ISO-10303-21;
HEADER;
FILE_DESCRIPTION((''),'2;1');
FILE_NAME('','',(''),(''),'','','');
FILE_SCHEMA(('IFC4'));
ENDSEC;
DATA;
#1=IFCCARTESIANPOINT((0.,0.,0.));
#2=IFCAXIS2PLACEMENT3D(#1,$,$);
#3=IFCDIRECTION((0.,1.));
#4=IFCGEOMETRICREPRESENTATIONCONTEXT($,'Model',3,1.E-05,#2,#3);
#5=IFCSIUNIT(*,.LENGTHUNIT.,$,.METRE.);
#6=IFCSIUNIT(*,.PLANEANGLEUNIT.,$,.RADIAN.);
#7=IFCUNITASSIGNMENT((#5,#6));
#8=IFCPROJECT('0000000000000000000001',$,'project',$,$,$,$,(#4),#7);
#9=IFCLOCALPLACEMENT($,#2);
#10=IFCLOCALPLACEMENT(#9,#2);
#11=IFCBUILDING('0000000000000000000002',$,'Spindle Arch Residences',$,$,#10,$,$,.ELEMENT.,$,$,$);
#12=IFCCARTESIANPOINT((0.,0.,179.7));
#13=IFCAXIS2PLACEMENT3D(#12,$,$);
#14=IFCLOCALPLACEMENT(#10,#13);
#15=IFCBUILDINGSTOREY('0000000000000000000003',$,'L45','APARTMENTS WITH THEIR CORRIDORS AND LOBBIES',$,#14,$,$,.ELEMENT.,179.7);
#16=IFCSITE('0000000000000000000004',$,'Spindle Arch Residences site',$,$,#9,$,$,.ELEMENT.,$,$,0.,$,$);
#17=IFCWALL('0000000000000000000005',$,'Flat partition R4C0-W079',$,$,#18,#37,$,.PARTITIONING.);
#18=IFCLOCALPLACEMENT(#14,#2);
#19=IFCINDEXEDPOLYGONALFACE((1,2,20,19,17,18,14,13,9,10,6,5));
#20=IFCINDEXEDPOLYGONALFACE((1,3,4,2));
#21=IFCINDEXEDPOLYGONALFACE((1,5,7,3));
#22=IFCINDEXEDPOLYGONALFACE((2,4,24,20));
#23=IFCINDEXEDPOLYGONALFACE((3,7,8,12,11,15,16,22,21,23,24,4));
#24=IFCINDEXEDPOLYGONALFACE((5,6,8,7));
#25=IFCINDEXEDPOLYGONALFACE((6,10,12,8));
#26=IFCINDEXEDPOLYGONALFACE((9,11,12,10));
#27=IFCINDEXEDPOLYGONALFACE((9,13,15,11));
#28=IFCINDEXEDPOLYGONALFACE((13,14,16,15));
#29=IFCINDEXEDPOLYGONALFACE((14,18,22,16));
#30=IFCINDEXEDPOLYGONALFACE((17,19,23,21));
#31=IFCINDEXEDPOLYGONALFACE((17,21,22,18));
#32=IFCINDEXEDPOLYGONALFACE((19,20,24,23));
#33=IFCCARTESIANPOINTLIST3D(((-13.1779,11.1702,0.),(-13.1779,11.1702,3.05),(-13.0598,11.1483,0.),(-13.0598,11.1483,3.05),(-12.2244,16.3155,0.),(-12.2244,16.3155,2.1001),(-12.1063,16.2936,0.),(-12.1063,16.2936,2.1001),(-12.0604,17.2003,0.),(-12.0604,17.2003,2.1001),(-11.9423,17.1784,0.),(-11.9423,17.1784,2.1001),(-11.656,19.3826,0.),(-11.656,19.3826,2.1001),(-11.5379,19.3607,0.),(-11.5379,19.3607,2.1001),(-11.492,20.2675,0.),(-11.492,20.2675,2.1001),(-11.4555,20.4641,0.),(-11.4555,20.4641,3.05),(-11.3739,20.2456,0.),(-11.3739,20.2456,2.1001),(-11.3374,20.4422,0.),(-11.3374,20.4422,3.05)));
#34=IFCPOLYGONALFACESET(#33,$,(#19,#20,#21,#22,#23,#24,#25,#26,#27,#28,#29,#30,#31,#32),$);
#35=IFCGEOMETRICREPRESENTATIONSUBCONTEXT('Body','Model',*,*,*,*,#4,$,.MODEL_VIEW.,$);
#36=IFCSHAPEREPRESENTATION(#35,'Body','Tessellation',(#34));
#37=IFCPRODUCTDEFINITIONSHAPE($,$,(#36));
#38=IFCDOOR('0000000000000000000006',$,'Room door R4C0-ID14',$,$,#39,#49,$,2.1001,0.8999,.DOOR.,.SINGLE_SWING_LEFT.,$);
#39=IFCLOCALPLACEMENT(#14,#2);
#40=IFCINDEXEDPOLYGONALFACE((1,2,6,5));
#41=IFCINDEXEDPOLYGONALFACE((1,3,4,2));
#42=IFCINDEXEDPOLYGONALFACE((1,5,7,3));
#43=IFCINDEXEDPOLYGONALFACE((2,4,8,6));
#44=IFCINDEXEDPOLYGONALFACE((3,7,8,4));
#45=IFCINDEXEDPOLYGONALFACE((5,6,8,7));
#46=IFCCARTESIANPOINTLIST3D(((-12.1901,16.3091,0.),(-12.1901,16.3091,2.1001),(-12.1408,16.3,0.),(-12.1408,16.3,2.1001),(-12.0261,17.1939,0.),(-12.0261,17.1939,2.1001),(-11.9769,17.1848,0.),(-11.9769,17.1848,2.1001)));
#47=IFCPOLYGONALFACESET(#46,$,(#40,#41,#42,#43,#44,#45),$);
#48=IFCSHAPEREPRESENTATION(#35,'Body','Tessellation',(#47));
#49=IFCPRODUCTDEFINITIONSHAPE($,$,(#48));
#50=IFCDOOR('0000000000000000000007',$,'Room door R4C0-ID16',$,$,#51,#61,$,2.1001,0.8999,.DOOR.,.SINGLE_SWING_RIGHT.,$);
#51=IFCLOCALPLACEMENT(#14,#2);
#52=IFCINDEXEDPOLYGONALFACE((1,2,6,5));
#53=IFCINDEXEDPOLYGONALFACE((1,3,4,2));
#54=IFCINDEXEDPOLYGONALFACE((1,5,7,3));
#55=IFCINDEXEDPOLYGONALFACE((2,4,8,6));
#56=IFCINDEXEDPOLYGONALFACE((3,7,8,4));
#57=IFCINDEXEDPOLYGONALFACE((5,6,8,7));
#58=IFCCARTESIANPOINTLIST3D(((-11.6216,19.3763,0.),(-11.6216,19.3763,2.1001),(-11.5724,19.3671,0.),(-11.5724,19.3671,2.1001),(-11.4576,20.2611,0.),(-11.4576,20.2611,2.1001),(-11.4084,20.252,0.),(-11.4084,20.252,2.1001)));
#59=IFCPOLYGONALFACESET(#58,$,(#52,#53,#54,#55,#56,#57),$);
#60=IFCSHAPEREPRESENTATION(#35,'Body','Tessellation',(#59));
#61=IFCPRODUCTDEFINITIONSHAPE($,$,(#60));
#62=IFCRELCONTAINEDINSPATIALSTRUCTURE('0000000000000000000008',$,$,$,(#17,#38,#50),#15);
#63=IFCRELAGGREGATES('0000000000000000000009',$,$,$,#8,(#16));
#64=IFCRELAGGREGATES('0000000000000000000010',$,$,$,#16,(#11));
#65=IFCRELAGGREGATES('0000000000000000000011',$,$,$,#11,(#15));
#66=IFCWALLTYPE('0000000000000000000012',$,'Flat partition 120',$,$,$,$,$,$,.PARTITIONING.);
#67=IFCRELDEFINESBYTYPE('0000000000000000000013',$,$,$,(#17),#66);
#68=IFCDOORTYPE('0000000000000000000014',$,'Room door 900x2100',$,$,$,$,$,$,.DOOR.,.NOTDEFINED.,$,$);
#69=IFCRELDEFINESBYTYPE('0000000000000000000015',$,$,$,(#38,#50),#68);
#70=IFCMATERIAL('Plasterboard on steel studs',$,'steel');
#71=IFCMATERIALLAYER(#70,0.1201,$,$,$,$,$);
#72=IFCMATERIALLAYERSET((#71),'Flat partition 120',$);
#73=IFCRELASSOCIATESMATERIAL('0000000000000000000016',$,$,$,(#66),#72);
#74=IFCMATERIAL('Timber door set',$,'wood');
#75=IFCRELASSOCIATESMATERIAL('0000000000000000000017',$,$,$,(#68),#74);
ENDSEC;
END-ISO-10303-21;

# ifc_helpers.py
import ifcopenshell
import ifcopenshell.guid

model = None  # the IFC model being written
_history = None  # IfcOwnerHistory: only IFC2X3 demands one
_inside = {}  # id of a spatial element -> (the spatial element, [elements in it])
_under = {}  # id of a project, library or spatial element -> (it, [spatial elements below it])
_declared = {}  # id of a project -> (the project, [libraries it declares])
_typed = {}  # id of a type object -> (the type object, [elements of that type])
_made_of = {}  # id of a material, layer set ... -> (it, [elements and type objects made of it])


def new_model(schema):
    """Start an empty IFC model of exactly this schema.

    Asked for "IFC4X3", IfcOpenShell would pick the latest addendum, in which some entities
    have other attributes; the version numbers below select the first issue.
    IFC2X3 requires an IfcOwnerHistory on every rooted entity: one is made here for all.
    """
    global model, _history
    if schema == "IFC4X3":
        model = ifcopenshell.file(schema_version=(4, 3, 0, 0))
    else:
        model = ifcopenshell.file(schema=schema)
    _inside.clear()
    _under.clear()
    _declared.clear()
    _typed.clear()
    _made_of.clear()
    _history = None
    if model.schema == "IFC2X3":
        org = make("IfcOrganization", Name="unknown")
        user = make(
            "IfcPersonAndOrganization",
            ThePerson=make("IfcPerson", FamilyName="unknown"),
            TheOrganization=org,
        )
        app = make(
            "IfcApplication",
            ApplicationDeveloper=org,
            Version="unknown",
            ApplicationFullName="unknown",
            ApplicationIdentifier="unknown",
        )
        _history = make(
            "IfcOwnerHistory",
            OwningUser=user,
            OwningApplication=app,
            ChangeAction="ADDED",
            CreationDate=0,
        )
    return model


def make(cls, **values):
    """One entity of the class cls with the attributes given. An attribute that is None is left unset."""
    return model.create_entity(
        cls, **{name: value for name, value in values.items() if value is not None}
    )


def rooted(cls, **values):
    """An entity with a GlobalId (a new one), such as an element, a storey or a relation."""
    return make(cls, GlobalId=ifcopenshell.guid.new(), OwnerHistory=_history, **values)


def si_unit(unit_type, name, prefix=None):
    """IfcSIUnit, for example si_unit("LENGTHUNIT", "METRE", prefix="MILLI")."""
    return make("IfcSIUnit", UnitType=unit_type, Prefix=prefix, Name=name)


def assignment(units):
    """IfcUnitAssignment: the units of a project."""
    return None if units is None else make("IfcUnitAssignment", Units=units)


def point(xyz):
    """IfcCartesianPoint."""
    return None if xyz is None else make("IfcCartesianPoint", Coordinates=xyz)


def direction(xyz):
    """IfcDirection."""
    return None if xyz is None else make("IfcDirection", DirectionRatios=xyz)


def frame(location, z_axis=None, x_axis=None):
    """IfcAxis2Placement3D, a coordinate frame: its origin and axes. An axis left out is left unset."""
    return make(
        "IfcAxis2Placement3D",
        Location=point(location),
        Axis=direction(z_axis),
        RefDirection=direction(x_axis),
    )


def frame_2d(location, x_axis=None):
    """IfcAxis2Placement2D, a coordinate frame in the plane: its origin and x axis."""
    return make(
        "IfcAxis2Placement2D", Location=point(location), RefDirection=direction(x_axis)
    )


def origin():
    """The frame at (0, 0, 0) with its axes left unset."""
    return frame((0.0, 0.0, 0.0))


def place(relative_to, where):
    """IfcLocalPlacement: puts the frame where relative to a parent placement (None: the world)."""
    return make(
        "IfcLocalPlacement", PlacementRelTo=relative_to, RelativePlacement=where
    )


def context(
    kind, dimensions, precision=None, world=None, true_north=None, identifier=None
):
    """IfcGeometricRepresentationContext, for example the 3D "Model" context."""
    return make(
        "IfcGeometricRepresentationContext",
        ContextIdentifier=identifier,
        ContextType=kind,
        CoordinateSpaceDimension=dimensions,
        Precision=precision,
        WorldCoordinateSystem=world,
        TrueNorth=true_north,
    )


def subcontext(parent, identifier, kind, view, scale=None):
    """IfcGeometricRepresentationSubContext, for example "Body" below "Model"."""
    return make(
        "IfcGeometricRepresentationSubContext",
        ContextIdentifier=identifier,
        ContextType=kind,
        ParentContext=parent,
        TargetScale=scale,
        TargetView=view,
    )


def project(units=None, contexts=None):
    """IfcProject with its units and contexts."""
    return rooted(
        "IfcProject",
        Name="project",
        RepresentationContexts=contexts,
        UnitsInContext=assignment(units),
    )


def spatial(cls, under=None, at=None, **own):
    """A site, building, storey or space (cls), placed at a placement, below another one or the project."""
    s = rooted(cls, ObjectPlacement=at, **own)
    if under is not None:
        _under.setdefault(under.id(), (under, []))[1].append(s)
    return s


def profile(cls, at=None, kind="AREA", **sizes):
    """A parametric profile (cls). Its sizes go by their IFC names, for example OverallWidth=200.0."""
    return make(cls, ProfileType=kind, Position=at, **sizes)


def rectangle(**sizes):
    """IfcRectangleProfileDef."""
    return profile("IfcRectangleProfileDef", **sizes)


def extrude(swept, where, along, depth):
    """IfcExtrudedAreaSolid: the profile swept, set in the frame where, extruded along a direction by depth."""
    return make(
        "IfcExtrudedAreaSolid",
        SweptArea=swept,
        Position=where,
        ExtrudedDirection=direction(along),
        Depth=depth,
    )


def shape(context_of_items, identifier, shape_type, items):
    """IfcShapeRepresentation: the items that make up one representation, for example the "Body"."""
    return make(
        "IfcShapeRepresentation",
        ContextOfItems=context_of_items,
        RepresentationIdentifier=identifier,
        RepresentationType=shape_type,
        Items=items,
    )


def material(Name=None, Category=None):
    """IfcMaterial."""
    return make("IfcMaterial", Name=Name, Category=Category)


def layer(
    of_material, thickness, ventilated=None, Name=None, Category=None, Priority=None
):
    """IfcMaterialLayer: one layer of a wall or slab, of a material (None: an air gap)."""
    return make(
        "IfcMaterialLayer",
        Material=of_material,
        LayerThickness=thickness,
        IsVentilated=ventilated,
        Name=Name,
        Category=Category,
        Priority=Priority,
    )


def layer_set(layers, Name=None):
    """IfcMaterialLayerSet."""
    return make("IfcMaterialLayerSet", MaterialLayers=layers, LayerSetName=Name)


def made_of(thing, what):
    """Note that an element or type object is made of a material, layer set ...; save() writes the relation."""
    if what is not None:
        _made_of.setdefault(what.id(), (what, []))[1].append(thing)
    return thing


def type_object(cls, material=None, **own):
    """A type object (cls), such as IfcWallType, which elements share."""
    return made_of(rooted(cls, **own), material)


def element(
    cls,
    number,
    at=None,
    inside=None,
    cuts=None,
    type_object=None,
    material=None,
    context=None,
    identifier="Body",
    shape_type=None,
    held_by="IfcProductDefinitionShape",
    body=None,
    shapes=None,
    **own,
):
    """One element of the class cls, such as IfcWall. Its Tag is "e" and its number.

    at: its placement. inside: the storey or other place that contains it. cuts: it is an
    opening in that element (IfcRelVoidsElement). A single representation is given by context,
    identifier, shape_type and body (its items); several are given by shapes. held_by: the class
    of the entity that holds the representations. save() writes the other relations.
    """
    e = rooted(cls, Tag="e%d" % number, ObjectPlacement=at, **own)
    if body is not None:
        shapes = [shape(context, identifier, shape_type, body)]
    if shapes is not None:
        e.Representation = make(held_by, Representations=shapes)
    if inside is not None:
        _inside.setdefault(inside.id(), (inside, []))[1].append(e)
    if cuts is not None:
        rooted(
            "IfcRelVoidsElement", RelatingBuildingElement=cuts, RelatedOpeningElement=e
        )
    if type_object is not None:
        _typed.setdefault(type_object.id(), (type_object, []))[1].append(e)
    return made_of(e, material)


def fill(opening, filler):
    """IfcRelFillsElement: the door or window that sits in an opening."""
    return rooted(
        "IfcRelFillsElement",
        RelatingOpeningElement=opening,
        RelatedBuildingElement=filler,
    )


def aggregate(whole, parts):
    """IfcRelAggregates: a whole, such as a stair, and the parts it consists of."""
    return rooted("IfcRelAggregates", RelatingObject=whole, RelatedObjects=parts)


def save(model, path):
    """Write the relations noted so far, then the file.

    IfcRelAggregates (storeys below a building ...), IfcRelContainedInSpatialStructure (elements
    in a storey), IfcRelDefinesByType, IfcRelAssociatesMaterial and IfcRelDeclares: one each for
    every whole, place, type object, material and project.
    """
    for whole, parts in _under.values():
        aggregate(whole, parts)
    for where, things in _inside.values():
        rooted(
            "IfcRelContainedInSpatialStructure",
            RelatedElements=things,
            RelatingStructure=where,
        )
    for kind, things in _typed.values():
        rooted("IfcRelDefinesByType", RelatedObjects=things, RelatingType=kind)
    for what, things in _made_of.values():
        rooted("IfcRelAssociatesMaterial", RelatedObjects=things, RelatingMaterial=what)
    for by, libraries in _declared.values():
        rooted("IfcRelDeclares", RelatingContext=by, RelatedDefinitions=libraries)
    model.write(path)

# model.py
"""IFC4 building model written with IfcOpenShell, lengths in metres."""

from ifc_helpers import new_model, si_unit, direction, frame, frame_2d, origin, place, context, subcontext, project, spatial, rectangle, extrude, material, layer, layer_set, type_object, element, fill, save


model = new_model("IFC4")

# Units and contexts
model_context = context("Model", 3, precision=1e-05, world=origin(), true_north=direction((0.0, 1.0)))
body_context = subcontext(model_context, "Body", "Model", "MODEL_VIEW")
ifc_project = project(units=[si_unit("LENGTHUNIT", "METRE"), si_unit("PLANEANGLEUNIT", "RADIAN")], contexts=[model_context])

# Site, building, storey
site_placement = place(None, origin())
site = spatial("IfcSite", under=ifc_project, at=site_placement, Name="Spindle Arch Residences site", CompositionType="ELEMENT", RefElevation=0.0)
building_placement = place(site_placement, origin())
building = spatial("IfcBuilding", under=site, at=building_placement, Name="Spindle Arch Residences", CompositionType="ELEMENT")
storey_placement = place(building_placement, frame((0.0, 0.0, 179.7)))
storey = spatial("IfcBuildingStorey", under=building, at=storey_placement, Name="L45", Description="APARTMENTS WITH THEIR CORRIDORS AND LOBBIES", CompositionType="ELEMENT", Elevation=179.7)

# Shared definitions
ifc_material_1 = material(Name="Plasterboard on steel studs", Category="steel")
ifc_layer_1 = layer(ifc_material_1, 0.1201)
ifc_layer_set_1 = layer_set([ifc_layer_1], Name="Flat partition 120")
wall_type_1 = type_object("IfcWallType", Name="Flat partition 120", PredefinedType="PARTITIONING", material=ifc_layer_set_1)

# Shared definitions
ifc_material_2 = material(Name="Timber door set", Category="wood")
door_type_1 = type_object("IfcDoorType", Name="Room door 900x2100", OperationType="NOTDEFINED", PredefinedType="DOOR", material=ifc_material_2)

# Wall, openings, doors
wall_1_placement = place(storey_placement, frame((-11.3965, 20.4531, 0.0), z_axis=(0.0, 0.0, 1.0), x_axis=(-0.182223, -0.983257, 0.0)))
wall_1 = element("IfcWall", 1, at=wall_1_placement, inside=storey, type_object=wall_type_1, Name="Flat partition R4C0-W079", PredefinedType="PARTITIONING", context=body_context, shape_type="SweptSolid", body=[
    extrude(rectangle(XDim=9.4521, YDim=0.1201, at=frame_2d((4.7261, 0.0))), origin(), (0.0, 0.0, 1.0), 3.05),
])
opening_1_placement = place(wall_1_placement, frame((3.3193, 0.0, 0.0)))
opening_1 = element("IfcOpeningElement", 2, at=opening_1_placement, cuts=wall_1, PredefinedType="OPENING", context=body_context, shape_type="SweptSolid", body=[
    extrude(rectangle(XDim=0.8999, YDim=2.1001, at=frame_2d((0.45, 1.05))), frame((0.0, 0.0701, 0.0), z_axis=(0.0, -1.0, 0.0), x_axis=(1.0, 0.0, 0.0)), (0.0, 0.0, 1.0), 0.1401),
])
opening_2_placement = place(wall_1_placement, frame((0.2, 0.0, 0.0)))
opening_2 = element("IfcOpeningElement", 3, at=opening_2_placement, cuts=wall_1, PredefinedType="OPENING", context=body_context, shape_type="SweptSolid", body=[
    extrude(rectangle(XDim=0.8999, YDim=2.1001, at=frame_2d((0.45, 1.05))), frame((0.0, 0.0701, 0.0), z_axis=(0.0, -1.0, 0.0), x_axis=(1.0, 0.0, 0.0)), (0.0, 0.0, 1.0), 0.1401),
])
door_1_placement = place(opening_1_placement, origin())
door_1 = element("IfcDoor", 4, at=door_1_placement, inside=storey, type_object=door_type_1, Name="Room door R4C0-ID14", OperationType="SINGLE_SWING_LEFT", OverallHeight=2.1001, OverallWidth=0.8999, PredefinedType="DOOR", context=body_context, shape_type="SweptSolid", body=[
    extrude(rectangle(XDim=0.8999, YDim=2.1001, at=frame_2d((0.45, 1.05))), frame((0.0, 0.0249, 0.0), z_axis=(0.0, -1.0, 0.0), x_axis=(1.0, 0.0, 0.0)), (0.0, 0.0, 1.0), 0.05),
])
fill(opening_1, door_1)
door_2_placement = place(opening_2_placement, origin())
door_2 = element("IfcDoor", 5, at=door_2_placement, inside=storey, type_object=door_type_1, Name="Room door R4C0-ID16", OperationType="SINGLE_SWING_RIGHT", OverallHeight=2.1001, OverallWidth=0.8999, PredefinedType="DOOR", context=body_context, shape_type="SweptSolid", body=[
    extrude(rectangle(XDim=0.8999, YDim=2.1001, at=frame_2d((0.45, 1.05))), frame((0.0, 0.0249, 0.0), z_axis=(0.0, -1.0, 0.0), x_axis=(1.0, 0.0, 0.0)), (0.0, 0.0, 1.0), 0.05),
])
fill(opening_2, door_2)

save(model, "model.ifc")
